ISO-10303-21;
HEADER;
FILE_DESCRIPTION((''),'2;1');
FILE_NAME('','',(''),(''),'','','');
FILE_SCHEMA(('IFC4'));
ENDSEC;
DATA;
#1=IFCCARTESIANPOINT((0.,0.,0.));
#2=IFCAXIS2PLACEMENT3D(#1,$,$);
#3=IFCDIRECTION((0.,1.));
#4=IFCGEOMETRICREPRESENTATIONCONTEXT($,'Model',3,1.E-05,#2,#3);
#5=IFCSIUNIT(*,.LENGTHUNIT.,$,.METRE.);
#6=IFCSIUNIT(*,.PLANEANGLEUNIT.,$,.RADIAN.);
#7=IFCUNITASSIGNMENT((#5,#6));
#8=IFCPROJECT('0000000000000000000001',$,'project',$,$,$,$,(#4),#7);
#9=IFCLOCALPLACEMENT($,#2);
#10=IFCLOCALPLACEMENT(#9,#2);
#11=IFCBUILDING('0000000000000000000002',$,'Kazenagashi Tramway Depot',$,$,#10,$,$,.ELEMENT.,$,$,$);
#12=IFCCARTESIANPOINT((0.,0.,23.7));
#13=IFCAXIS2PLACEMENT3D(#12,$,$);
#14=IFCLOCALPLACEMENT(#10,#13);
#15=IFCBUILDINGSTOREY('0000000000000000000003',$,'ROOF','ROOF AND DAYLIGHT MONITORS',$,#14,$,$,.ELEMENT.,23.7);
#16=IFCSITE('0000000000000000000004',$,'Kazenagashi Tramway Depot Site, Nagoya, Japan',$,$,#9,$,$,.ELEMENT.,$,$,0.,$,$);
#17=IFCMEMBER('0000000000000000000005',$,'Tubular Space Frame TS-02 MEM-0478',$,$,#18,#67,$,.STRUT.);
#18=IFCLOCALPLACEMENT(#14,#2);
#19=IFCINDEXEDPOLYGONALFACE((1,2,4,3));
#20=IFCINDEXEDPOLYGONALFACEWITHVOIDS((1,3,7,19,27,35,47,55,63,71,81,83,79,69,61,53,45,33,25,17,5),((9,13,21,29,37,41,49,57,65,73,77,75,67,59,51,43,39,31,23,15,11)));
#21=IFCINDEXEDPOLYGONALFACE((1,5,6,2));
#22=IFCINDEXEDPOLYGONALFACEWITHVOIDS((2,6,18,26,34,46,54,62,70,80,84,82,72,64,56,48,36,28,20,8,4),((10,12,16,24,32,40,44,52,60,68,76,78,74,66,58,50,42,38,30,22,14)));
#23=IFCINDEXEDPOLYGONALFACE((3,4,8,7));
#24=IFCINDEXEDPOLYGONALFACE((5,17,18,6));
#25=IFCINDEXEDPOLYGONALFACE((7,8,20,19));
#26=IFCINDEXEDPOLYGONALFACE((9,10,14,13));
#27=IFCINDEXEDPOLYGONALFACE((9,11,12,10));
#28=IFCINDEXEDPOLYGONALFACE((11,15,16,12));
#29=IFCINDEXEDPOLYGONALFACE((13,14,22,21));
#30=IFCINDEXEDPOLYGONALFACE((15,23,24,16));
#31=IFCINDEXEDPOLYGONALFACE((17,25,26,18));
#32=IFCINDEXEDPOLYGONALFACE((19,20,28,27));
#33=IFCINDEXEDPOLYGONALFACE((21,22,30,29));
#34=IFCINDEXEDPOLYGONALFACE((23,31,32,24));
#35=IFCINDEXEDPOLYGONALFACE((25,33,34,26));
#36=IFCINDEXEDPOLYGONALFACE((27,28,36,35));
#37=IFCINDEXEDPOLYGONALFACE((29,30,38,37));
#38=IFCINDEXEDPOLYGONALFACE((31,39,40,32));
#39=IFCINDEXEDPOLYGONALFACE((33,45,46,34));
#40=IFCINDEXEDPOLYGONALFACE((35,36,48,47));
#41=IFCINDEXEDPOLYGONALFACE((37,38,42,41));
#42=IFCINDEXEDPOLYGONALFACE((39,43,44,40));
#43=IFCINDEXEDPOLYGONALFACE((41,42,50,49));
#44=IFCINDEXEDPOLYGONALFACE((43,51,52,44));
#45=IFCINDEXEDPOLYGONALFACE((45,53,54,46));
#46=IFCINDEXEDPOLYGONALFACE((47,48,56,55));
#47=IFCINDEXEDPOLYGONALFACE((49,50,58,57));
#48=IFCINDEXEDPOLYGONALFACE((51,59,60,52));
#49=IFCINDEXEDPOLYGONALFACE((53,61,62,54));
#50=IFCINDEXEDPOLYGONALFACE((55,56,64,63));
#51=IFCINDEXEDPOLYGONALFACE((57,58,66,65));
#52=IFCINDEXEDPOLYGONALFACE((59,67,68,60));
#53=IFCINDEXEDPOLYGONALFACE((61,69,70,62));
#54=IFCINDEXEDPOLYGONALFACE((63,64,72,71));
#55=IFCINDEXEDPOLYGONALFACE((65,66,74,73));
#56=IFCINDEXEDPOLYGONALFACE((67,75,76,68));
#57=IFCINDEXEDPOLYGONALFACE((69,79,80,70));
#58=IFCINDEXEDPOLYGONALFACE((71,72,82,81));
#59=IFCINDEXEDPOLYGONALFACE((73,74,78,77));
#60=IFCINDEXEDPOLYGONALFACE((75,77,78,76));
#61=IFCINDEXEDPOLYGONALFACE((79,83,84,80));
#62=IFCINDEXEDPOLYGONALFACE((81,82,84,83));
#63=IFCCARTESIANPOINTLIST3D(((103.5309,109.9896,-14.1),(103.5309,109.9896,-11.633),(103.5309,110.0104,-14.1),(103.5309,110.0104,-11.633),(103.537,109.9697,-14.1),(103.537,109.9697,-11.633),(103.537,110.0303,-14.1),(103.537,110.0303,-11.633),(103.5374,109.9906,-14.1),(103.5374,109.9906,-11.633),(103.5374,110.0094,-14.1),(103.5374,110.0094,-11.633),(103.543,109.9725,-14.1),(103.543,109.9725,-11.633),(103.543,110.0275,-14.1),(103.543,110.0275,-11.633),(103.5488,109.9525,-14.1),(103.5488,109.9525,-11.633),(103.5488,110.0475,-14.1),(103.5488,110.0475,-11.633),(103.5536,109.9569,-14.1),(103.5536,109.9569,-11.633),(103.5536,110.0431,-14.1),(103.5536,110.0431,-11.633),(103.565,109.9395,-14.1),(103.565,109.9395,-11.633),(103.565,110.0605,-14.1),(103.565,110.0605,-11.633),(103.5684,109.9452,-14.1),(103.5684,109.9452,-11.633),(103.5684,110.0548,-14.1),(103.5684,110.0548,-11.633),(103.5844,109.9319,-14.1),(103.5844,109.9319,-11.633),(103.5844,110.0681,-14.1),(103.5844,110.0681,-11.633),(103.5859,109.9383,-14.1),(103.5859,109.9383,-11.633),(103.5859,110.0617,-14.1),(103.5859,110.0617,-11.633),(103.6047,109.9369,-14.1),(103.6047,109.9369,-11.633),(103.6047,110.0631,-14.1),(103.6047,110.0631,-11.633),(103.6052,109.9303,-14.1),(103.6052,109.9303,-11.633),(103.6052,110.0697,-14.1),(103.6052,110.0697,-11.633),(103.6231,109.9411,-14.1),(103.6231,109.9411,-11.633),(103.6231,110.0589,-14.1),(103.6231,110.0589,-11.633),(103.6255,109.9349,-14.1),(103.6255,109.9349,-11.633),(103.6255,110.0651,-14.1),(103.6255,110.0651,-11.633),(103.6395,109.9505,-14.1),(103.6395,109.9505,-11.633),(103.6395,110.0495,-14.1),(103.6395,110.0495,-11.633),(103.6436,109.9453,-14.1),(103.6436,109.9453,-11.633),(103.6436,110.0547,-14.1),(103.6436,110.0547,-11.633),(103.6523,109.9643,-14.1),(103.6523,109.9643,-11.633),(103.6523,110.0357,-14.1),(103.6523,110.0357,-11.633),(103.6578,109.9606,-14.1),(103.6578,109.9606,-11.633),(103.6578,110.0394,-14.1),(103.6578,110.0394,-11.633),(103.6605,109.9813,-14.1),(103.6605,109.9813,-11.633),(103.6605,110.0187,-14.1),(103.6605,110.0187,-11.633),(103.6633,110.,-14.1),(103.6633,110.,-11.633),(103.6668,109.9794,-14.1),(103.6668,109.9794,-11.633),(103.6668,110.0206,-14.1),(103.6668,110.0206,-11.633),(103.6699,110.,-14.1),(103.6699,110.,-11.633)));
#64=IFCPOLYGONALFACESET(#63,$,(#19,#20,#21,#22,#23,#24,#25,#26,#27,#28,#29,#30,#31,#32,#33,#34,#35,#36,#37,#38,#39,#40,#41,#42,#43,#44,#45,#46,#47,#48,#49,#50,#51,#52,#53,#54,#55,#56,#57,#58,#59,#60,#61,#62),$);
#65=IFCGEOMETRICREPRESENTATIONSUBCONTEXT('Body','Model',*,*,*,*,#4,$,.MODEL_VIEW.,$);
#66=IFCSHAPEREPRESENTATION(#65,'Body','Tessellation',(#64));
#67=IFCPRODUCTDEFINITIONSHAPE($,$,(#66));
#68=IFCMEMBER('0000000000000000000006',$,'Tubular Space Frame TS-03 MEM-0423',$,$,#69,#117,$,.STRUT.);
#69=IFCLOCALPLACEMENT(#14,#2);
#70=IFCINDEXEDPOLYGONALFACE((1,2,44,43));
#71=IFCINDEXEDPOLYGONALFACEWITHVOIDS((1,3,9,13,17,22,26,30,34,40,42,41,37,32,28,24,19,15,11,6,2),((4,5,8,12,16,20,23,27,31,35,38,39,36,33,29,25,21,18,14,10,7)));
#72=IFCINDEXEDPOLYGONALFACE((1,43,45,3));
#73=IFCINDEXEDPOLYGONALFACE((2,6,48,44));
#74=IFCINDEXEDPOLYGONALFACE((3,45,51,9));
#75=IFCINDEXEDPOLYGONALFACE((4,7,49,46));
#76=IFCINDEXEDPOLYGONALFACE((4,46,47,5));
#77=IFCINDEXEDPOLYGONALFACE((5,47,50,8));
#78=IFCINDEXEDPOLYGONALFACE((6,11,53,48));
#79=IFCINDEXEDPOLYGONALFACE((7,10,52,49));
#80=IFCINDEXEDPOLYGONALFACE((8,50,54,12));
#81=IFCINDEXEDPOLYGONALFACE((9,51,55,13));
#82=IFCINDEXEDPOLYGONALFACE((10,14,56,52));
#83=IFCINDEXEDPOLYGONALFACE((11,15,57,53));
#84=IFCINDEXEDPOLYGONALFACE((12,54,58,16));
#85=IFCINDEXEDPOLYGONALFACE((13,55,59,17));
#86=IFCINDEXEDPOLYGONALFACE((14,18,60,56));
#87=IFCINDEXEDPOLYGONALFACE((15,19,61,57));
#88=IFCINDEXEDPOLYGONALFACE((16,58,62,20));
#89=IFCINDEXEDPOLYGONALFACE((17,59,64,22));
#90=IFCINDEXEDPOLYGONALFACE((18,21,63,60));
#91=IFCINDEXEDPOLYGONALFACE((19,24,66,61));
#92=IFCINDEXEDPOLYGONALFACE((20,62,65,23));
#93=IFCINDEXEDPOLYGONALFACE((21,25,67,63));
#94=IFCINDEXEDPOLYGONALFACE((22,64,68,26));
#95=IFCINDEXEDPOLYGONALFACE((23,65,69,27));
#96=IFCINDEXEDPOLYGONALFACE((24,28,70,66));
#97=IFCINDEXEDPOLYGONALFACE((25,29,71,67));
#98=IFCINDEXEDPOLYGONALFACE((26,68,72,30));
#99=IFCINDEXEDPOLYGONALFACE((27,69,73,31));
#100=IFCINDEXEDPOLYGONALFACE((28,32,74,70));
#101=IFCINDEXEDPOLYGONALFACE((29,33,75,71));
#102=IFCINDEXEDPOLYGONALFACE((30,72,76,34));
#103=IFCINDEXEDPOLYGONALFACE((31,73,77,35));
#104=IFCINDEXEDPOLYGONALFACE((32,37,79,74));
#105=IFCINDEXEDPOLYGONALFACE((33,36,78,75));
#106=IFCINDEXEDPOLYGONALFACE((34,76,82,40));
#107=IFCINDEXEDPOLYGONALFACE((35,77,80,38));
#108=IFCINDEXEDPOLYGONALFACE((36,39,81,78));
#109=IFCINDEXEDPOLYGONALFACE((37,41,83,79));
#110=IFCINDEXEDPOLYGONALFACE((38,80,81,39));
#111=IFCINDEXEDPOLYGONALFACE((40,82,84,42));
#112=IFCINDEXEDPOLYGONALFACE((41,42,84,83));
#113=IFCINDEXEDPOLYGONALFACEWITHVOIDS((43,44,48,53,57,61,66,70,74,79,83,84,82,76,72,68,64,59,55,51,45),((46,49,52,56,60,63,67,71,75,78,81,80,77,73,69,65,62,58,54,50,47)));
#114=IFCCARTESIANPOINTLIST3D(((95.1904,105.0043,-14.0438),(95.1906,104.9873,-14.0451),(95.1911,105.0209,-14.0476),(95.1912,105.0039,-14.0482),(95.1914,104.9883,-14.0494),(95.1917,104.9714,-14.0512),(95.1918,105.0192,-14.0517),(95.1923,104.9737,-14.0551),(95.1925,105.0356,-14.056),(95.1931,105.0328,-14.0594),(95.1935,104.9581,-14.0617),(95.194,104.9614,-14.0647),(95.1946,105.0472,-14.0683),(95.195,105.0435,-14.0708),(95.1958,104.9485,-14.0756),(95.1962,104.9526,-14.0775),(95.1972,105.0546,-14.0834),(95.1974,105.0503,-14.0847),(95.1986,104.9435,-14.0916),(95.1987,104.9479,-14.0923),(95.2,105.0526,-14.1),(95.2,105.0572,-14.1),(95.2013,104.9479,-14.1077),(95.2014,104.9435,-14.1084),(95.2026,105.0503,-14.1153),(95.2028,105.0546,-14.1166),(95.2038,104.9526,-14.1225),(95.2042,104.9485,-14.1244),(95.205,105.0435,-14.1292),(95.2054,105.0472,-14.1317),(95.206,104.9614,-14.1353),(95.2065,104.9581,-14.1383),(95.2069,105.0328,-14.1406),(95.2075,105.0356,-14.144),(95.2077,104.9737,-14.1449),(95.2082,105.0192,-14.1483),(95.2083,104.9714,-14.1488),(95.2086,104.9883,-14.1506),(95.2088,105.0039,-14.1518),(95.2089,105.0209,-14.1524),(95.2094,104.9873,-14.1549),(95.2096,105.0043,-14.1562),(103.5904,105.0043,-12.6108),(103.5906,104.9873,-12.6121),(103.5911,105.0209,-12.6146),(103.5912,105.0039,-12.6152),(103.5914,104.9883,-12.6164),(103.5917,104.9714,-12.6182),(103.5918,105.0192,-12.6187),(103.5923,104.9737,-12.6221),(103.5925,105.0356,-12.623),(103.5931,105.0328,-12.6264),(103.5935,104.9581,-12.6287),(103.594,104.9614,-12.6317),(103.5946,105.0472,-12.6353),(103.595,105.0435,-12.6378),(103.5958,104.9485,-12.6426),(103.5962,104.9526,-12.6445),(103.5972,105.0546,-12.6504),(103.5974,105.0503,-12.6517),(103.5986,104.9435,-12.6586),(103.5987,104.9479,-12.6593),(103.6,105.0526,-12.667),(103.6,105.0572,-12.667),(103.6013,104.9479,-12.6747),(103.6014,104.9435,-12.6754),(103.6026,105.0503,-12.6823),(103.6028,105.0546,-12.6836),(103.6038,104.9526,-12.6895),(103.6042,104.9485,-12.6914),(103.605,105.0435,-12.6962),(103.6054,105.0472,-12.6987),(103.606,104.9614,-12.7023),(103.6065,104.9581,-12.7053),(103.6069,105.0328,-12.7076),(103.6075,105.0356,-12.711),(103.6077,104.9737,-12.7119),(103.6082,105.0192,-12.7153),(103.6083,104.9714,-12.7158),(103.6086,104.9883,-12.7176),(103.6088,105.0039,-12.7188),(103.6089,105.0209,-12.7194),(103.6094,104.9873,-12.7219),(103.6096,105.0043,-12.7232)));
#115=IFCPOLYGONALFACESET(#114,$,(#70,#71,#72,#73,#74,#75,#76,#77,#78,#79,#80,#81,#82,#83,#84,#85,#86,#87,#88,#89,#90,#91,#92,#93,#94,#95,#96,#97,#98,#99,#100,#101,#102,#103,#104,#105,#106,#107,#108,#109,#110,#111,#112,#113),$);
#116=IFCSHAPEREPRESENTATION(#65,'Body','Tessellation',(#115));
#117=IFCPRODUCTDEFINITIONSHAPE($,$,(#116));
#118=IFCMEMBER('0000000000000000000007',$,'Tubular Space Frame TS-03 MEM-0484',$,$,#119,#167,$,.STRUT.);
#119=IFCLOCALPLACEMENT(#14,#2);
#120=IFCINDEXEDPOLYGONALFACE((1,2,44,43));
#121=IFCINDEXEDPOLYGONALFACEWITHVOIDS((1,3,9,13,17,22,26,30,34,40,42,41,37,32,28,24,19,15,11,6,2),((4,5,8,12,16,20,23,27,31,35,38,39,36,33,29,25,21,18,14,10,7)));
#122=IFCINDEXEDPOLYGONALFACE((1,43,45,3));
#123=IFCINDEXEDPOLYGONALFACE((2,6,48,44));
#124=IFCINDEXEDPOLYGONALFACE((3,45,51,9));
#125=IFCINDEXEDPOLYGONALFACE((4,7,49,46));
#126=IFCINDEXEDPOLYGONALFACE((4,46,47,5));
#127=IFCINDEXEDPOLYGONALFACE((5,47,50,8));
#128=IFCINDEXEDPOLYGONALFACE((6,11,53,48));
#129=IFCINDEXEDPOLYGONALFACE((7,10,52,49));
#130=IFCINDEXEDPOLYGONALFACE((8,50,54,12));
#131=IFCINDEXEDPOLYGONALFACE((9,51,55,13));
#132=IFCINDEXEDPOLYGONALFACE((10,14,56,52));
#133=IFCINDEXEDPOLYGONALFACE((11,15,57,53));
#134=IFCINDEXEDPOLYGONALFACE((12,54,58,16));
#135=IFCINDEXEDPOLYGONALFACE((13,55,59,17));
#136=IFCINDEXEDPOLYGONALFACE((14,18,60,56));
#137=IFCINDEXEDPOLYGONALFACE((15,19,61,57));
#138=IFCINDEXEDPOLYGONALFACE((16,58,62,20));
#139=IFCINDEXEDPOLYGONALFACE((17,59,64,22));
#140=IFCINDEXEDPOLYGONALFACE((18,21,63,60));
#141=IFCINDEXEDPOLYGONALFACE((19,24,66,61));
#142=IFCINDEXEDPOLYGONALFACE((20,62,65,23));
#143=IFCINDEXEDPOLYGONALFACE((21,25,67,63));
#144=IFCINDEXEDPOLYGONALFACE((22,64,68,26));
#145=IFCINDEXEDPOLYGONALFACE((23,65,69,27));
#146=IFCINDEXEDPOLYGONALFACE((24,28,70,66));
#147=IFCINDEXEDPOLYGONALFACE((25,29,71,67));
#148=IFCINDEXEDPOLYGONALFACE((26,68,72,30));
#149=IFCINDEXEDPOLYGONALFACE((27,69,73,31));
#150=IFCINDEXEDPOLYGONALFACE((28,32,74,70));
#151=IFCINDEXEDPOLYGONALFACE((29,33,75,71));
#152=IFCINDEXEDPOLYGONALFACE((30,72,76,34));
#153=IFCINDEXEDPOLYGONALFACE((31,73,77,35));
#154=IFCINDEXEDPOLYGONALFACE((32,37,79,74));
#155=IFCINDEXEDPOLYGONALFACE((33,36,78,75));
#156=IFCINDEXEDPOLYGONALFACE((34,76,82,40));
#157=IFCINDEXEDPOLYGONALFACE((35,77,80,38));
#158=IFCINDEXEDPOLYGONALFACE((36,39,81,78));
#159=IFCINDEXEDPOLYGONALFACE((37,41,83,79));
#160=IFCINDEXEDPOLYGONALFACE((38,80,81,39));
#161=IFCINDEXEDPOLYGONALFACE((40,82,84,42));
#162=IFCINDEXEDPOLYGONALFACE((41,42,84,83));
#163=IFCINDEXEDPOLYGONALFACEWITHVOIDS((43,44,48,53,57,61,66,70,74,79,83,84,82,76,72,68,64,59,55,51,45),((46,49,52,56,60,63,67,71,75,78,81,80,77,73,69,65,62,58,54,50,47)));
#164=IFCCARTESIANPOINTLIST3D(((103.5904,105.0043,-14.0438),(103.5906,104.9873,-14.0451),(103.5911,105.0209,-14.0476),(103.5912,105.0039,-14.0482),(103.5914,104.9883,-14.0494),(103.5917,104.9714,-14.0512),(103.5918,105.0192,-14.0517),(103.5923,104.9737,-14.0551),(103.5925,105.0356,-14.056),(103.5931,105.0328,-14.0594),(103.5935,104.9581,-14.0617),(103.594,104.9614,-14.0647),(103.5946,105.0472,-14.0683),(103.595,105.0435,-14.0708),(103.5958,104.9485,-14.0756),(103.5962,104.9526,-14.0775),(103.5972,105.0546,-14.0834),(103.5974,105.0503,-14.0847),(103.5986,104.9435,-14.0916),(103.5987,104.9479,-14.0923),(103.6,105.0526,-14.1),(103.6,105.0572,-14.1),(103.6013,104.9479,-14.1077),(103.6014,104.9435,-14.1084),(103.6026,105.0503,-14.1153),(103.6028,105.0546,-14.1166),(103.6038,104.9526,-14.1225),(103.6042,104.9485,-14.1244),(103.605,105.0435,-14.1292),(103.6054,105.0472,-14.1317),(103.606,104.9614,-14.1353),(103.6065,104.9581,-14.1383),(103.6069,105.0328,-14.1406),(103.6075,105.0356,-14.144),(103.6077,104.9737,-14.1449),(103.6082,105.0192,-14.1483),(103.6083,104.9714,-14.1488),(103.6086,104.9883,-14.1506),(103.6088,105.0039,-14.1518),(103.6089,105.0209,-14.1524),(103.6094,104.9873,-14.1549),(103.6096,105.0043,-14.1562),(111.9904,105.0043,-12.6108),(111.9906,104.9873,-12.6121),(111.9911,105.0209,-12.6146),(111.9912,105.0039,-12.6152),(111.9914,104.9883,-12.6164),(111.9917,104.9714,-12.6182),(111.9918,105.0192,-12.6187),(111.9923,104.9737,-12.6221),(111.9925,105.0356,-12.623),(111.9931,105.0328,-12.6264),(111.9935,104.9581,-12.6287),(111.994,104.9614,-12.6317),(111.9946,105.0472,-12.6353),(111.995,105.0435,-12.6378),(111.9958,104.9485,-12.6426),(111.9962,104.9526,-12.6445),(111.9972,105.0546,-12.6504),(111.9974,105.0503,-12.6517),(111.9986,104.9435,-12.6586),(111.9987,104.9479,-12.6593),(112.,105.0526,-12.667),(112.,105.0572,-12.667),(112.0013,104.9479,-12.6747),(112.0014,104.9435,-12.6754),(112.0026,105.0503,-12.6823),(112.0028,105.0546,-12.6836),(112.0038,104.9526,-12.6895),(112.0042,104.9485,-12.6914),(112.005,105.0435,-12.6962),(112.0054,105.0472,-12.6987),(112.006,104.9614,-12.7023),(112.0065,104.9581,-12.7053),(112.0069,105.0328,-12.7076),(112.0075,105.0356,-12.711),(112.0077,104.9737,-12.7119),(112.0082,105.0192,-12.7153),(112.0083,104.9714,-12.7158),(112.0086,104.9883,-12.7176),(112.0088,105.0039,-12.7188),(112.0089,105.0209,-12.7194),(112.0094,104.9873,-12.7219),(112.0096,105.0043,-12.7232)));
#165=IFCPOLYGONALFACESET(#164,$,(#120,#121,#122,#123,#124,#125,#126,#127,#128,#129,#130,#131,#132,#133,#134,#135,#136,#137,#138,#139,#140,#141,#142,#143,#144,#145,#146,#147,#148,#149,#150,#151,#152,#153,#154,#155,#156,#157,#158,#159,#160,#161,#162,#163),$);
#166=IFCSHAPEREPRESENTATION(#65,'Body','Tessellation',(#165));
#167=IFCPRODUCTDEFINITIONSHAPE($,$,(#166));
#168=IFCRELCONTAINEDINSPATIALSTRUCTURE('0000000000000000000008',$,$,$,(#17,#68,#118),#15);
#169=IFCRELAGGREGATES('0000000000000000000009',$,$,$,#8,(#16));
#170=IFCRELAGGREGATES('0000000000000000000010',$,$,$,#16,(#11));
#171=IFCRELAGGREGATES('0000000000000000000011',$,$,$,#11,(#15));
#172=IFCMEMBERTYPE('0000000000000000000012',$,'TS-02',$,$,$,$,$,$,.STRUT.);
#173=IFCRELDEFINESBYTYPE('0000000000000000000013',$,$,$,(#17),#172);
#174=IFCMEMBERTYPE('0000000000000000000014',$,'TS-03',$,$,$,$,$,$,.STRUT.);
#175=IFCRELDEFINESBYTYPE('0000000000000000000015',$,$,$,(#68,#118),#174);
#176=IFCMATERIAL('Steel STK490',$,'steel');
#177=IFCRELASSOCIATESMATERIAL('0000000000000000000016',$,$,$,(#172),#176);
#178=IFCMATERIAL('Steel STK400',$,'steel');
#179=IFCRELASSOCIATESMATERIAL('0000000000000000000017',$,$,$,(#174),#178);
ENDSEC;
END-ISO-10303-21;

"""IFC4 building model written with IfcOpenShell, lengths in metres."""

from ifc_helpers import new_model, si_unit, direction, frame, origin, origin_2d, place, context, subcontext, project, spatial, hollow_circle, extrude, material, material_profile, profile_set, type_object, element, save


model = new_model("IFC4")

# Units and contexts
model_context = context("Model", 3, precision=1e-05, world=origin(), true_north=direction((0.0, 1.0)))
body_context = subcontext(model_context, "Body", "Model", "MODEL_VIEW")
ifc_project = project(units=[si_unit("LENGTHUNIT", "METRE"), si_unit("PLANEANGLEUNIT", "RADIAN")], contexts=[model_context])

# Site, building, storey
site_placement = place(None, origin())
site = spatial("IfcSite", under=ifc_project, at=site_placement, Name="Kazenagashi Tramway Depot Site, Nagoya, Japan", CompositionType="ELEMENT", RefElevation=0.0)
building_placement = place(site_placement, origin())
building = spatial("IfcBuilding", under=site, at=building_placement, Name="Kazenagashi Tramway Depot", CompositionType="ELEMENT")
storey_placement = place(building_placement, frame((0.0, 0.0, 23.7)))
storey = spatial("IfcBuildingStorey", under=building, at=storey_placement, Name="ROOF", Description="ROOF AND DAYLIGHT MONITORS", CompositionType="ELEMENT", Elevation=23.7)

# Members
ifc_material_1 = material(Name="Steel STK490", Category="steel")
ifc_material_profile_1 = material_profile(ifc_material_1, hollow_circle(Radius=0.0699, WallThickness=0.0066, at=origin_2d()), Name="CHS-139.8x6.6")
ifc_profile_set_1 = profile_set([ifc_material_profile_1], Name="Steel STK490")
member_type_1 = type_object("IfcMemberType", Name="TS-02", PredefinedType="STRUT", material=ifc_profile_set_1)
member_1_placement = place(storey_placement, frame((103.6, 110.0, -14.1), z_axis=(0.0, 0.0, 1.0), x_axis=(1.0, 0.0, 0.0)))
element("IfcMember", 1, at=member_1_placement, inside=storey, type_object=member_type_1, Name="Tubular Space Frame TS-02 MEM-0478", PredefinedType="STRUT", context=body_context, shape_type="SweptSolid", body=[
    extrude(hollow_circle(Radius=0.0699, WallThickness=0.0066, at=origin_2d()), origin(), (0.0, 0.0, 1.0), 2.467),
])
ifc_material_2 = material(Name="Steel STK400", Category="steel")
ifc_material_profile_2 = material_profile(ifc_material_2, hollow_circle(Radius=0.0571, WallThickness=0.0045, at=origin_2d()), Name="CHS-114.3x4.5")
ifc_profile_set_2 = profile_set([ifc_material_profile_2], Name="Steel STK400")
member_type_2 = type_object("IfcMemberType", Name="TS-03", PredefinedType="STRUT", material=ifc_profile_set_2)
for number, where, z_axis, x_axis, name in (
    (2, (95.2, 105.0, -14.1), (0.985759, 0.0, 0.168166), (0.0, 1.0, 0.0), "Tubular Space Frame TS-03 MEM-0423"),
    (3, (103.6, 105.0, -14.1), (0.985759, 0.0, 0.168166), (0.0, 1.0, 0.0), "Tubular Space Frame TS-03 MEM-0484"),
):
    element("IfcMember", number, at=place(storey_placement, frame(where, z_axis=z_axis, x_axis=x_axis)), inside=storey, type_object=member_type_2, Name=name, PredefinedType="STRUT", context=body_context, shape_type="SweptSolid", body=[
        extrude(hollow_circle(Radius=0.0571, WallThickness=0.0045, at=origin_2d()), origin(), (0.0, 0.0, 1.0), 8.5214),
    ])

save(model, "model.ifc")
